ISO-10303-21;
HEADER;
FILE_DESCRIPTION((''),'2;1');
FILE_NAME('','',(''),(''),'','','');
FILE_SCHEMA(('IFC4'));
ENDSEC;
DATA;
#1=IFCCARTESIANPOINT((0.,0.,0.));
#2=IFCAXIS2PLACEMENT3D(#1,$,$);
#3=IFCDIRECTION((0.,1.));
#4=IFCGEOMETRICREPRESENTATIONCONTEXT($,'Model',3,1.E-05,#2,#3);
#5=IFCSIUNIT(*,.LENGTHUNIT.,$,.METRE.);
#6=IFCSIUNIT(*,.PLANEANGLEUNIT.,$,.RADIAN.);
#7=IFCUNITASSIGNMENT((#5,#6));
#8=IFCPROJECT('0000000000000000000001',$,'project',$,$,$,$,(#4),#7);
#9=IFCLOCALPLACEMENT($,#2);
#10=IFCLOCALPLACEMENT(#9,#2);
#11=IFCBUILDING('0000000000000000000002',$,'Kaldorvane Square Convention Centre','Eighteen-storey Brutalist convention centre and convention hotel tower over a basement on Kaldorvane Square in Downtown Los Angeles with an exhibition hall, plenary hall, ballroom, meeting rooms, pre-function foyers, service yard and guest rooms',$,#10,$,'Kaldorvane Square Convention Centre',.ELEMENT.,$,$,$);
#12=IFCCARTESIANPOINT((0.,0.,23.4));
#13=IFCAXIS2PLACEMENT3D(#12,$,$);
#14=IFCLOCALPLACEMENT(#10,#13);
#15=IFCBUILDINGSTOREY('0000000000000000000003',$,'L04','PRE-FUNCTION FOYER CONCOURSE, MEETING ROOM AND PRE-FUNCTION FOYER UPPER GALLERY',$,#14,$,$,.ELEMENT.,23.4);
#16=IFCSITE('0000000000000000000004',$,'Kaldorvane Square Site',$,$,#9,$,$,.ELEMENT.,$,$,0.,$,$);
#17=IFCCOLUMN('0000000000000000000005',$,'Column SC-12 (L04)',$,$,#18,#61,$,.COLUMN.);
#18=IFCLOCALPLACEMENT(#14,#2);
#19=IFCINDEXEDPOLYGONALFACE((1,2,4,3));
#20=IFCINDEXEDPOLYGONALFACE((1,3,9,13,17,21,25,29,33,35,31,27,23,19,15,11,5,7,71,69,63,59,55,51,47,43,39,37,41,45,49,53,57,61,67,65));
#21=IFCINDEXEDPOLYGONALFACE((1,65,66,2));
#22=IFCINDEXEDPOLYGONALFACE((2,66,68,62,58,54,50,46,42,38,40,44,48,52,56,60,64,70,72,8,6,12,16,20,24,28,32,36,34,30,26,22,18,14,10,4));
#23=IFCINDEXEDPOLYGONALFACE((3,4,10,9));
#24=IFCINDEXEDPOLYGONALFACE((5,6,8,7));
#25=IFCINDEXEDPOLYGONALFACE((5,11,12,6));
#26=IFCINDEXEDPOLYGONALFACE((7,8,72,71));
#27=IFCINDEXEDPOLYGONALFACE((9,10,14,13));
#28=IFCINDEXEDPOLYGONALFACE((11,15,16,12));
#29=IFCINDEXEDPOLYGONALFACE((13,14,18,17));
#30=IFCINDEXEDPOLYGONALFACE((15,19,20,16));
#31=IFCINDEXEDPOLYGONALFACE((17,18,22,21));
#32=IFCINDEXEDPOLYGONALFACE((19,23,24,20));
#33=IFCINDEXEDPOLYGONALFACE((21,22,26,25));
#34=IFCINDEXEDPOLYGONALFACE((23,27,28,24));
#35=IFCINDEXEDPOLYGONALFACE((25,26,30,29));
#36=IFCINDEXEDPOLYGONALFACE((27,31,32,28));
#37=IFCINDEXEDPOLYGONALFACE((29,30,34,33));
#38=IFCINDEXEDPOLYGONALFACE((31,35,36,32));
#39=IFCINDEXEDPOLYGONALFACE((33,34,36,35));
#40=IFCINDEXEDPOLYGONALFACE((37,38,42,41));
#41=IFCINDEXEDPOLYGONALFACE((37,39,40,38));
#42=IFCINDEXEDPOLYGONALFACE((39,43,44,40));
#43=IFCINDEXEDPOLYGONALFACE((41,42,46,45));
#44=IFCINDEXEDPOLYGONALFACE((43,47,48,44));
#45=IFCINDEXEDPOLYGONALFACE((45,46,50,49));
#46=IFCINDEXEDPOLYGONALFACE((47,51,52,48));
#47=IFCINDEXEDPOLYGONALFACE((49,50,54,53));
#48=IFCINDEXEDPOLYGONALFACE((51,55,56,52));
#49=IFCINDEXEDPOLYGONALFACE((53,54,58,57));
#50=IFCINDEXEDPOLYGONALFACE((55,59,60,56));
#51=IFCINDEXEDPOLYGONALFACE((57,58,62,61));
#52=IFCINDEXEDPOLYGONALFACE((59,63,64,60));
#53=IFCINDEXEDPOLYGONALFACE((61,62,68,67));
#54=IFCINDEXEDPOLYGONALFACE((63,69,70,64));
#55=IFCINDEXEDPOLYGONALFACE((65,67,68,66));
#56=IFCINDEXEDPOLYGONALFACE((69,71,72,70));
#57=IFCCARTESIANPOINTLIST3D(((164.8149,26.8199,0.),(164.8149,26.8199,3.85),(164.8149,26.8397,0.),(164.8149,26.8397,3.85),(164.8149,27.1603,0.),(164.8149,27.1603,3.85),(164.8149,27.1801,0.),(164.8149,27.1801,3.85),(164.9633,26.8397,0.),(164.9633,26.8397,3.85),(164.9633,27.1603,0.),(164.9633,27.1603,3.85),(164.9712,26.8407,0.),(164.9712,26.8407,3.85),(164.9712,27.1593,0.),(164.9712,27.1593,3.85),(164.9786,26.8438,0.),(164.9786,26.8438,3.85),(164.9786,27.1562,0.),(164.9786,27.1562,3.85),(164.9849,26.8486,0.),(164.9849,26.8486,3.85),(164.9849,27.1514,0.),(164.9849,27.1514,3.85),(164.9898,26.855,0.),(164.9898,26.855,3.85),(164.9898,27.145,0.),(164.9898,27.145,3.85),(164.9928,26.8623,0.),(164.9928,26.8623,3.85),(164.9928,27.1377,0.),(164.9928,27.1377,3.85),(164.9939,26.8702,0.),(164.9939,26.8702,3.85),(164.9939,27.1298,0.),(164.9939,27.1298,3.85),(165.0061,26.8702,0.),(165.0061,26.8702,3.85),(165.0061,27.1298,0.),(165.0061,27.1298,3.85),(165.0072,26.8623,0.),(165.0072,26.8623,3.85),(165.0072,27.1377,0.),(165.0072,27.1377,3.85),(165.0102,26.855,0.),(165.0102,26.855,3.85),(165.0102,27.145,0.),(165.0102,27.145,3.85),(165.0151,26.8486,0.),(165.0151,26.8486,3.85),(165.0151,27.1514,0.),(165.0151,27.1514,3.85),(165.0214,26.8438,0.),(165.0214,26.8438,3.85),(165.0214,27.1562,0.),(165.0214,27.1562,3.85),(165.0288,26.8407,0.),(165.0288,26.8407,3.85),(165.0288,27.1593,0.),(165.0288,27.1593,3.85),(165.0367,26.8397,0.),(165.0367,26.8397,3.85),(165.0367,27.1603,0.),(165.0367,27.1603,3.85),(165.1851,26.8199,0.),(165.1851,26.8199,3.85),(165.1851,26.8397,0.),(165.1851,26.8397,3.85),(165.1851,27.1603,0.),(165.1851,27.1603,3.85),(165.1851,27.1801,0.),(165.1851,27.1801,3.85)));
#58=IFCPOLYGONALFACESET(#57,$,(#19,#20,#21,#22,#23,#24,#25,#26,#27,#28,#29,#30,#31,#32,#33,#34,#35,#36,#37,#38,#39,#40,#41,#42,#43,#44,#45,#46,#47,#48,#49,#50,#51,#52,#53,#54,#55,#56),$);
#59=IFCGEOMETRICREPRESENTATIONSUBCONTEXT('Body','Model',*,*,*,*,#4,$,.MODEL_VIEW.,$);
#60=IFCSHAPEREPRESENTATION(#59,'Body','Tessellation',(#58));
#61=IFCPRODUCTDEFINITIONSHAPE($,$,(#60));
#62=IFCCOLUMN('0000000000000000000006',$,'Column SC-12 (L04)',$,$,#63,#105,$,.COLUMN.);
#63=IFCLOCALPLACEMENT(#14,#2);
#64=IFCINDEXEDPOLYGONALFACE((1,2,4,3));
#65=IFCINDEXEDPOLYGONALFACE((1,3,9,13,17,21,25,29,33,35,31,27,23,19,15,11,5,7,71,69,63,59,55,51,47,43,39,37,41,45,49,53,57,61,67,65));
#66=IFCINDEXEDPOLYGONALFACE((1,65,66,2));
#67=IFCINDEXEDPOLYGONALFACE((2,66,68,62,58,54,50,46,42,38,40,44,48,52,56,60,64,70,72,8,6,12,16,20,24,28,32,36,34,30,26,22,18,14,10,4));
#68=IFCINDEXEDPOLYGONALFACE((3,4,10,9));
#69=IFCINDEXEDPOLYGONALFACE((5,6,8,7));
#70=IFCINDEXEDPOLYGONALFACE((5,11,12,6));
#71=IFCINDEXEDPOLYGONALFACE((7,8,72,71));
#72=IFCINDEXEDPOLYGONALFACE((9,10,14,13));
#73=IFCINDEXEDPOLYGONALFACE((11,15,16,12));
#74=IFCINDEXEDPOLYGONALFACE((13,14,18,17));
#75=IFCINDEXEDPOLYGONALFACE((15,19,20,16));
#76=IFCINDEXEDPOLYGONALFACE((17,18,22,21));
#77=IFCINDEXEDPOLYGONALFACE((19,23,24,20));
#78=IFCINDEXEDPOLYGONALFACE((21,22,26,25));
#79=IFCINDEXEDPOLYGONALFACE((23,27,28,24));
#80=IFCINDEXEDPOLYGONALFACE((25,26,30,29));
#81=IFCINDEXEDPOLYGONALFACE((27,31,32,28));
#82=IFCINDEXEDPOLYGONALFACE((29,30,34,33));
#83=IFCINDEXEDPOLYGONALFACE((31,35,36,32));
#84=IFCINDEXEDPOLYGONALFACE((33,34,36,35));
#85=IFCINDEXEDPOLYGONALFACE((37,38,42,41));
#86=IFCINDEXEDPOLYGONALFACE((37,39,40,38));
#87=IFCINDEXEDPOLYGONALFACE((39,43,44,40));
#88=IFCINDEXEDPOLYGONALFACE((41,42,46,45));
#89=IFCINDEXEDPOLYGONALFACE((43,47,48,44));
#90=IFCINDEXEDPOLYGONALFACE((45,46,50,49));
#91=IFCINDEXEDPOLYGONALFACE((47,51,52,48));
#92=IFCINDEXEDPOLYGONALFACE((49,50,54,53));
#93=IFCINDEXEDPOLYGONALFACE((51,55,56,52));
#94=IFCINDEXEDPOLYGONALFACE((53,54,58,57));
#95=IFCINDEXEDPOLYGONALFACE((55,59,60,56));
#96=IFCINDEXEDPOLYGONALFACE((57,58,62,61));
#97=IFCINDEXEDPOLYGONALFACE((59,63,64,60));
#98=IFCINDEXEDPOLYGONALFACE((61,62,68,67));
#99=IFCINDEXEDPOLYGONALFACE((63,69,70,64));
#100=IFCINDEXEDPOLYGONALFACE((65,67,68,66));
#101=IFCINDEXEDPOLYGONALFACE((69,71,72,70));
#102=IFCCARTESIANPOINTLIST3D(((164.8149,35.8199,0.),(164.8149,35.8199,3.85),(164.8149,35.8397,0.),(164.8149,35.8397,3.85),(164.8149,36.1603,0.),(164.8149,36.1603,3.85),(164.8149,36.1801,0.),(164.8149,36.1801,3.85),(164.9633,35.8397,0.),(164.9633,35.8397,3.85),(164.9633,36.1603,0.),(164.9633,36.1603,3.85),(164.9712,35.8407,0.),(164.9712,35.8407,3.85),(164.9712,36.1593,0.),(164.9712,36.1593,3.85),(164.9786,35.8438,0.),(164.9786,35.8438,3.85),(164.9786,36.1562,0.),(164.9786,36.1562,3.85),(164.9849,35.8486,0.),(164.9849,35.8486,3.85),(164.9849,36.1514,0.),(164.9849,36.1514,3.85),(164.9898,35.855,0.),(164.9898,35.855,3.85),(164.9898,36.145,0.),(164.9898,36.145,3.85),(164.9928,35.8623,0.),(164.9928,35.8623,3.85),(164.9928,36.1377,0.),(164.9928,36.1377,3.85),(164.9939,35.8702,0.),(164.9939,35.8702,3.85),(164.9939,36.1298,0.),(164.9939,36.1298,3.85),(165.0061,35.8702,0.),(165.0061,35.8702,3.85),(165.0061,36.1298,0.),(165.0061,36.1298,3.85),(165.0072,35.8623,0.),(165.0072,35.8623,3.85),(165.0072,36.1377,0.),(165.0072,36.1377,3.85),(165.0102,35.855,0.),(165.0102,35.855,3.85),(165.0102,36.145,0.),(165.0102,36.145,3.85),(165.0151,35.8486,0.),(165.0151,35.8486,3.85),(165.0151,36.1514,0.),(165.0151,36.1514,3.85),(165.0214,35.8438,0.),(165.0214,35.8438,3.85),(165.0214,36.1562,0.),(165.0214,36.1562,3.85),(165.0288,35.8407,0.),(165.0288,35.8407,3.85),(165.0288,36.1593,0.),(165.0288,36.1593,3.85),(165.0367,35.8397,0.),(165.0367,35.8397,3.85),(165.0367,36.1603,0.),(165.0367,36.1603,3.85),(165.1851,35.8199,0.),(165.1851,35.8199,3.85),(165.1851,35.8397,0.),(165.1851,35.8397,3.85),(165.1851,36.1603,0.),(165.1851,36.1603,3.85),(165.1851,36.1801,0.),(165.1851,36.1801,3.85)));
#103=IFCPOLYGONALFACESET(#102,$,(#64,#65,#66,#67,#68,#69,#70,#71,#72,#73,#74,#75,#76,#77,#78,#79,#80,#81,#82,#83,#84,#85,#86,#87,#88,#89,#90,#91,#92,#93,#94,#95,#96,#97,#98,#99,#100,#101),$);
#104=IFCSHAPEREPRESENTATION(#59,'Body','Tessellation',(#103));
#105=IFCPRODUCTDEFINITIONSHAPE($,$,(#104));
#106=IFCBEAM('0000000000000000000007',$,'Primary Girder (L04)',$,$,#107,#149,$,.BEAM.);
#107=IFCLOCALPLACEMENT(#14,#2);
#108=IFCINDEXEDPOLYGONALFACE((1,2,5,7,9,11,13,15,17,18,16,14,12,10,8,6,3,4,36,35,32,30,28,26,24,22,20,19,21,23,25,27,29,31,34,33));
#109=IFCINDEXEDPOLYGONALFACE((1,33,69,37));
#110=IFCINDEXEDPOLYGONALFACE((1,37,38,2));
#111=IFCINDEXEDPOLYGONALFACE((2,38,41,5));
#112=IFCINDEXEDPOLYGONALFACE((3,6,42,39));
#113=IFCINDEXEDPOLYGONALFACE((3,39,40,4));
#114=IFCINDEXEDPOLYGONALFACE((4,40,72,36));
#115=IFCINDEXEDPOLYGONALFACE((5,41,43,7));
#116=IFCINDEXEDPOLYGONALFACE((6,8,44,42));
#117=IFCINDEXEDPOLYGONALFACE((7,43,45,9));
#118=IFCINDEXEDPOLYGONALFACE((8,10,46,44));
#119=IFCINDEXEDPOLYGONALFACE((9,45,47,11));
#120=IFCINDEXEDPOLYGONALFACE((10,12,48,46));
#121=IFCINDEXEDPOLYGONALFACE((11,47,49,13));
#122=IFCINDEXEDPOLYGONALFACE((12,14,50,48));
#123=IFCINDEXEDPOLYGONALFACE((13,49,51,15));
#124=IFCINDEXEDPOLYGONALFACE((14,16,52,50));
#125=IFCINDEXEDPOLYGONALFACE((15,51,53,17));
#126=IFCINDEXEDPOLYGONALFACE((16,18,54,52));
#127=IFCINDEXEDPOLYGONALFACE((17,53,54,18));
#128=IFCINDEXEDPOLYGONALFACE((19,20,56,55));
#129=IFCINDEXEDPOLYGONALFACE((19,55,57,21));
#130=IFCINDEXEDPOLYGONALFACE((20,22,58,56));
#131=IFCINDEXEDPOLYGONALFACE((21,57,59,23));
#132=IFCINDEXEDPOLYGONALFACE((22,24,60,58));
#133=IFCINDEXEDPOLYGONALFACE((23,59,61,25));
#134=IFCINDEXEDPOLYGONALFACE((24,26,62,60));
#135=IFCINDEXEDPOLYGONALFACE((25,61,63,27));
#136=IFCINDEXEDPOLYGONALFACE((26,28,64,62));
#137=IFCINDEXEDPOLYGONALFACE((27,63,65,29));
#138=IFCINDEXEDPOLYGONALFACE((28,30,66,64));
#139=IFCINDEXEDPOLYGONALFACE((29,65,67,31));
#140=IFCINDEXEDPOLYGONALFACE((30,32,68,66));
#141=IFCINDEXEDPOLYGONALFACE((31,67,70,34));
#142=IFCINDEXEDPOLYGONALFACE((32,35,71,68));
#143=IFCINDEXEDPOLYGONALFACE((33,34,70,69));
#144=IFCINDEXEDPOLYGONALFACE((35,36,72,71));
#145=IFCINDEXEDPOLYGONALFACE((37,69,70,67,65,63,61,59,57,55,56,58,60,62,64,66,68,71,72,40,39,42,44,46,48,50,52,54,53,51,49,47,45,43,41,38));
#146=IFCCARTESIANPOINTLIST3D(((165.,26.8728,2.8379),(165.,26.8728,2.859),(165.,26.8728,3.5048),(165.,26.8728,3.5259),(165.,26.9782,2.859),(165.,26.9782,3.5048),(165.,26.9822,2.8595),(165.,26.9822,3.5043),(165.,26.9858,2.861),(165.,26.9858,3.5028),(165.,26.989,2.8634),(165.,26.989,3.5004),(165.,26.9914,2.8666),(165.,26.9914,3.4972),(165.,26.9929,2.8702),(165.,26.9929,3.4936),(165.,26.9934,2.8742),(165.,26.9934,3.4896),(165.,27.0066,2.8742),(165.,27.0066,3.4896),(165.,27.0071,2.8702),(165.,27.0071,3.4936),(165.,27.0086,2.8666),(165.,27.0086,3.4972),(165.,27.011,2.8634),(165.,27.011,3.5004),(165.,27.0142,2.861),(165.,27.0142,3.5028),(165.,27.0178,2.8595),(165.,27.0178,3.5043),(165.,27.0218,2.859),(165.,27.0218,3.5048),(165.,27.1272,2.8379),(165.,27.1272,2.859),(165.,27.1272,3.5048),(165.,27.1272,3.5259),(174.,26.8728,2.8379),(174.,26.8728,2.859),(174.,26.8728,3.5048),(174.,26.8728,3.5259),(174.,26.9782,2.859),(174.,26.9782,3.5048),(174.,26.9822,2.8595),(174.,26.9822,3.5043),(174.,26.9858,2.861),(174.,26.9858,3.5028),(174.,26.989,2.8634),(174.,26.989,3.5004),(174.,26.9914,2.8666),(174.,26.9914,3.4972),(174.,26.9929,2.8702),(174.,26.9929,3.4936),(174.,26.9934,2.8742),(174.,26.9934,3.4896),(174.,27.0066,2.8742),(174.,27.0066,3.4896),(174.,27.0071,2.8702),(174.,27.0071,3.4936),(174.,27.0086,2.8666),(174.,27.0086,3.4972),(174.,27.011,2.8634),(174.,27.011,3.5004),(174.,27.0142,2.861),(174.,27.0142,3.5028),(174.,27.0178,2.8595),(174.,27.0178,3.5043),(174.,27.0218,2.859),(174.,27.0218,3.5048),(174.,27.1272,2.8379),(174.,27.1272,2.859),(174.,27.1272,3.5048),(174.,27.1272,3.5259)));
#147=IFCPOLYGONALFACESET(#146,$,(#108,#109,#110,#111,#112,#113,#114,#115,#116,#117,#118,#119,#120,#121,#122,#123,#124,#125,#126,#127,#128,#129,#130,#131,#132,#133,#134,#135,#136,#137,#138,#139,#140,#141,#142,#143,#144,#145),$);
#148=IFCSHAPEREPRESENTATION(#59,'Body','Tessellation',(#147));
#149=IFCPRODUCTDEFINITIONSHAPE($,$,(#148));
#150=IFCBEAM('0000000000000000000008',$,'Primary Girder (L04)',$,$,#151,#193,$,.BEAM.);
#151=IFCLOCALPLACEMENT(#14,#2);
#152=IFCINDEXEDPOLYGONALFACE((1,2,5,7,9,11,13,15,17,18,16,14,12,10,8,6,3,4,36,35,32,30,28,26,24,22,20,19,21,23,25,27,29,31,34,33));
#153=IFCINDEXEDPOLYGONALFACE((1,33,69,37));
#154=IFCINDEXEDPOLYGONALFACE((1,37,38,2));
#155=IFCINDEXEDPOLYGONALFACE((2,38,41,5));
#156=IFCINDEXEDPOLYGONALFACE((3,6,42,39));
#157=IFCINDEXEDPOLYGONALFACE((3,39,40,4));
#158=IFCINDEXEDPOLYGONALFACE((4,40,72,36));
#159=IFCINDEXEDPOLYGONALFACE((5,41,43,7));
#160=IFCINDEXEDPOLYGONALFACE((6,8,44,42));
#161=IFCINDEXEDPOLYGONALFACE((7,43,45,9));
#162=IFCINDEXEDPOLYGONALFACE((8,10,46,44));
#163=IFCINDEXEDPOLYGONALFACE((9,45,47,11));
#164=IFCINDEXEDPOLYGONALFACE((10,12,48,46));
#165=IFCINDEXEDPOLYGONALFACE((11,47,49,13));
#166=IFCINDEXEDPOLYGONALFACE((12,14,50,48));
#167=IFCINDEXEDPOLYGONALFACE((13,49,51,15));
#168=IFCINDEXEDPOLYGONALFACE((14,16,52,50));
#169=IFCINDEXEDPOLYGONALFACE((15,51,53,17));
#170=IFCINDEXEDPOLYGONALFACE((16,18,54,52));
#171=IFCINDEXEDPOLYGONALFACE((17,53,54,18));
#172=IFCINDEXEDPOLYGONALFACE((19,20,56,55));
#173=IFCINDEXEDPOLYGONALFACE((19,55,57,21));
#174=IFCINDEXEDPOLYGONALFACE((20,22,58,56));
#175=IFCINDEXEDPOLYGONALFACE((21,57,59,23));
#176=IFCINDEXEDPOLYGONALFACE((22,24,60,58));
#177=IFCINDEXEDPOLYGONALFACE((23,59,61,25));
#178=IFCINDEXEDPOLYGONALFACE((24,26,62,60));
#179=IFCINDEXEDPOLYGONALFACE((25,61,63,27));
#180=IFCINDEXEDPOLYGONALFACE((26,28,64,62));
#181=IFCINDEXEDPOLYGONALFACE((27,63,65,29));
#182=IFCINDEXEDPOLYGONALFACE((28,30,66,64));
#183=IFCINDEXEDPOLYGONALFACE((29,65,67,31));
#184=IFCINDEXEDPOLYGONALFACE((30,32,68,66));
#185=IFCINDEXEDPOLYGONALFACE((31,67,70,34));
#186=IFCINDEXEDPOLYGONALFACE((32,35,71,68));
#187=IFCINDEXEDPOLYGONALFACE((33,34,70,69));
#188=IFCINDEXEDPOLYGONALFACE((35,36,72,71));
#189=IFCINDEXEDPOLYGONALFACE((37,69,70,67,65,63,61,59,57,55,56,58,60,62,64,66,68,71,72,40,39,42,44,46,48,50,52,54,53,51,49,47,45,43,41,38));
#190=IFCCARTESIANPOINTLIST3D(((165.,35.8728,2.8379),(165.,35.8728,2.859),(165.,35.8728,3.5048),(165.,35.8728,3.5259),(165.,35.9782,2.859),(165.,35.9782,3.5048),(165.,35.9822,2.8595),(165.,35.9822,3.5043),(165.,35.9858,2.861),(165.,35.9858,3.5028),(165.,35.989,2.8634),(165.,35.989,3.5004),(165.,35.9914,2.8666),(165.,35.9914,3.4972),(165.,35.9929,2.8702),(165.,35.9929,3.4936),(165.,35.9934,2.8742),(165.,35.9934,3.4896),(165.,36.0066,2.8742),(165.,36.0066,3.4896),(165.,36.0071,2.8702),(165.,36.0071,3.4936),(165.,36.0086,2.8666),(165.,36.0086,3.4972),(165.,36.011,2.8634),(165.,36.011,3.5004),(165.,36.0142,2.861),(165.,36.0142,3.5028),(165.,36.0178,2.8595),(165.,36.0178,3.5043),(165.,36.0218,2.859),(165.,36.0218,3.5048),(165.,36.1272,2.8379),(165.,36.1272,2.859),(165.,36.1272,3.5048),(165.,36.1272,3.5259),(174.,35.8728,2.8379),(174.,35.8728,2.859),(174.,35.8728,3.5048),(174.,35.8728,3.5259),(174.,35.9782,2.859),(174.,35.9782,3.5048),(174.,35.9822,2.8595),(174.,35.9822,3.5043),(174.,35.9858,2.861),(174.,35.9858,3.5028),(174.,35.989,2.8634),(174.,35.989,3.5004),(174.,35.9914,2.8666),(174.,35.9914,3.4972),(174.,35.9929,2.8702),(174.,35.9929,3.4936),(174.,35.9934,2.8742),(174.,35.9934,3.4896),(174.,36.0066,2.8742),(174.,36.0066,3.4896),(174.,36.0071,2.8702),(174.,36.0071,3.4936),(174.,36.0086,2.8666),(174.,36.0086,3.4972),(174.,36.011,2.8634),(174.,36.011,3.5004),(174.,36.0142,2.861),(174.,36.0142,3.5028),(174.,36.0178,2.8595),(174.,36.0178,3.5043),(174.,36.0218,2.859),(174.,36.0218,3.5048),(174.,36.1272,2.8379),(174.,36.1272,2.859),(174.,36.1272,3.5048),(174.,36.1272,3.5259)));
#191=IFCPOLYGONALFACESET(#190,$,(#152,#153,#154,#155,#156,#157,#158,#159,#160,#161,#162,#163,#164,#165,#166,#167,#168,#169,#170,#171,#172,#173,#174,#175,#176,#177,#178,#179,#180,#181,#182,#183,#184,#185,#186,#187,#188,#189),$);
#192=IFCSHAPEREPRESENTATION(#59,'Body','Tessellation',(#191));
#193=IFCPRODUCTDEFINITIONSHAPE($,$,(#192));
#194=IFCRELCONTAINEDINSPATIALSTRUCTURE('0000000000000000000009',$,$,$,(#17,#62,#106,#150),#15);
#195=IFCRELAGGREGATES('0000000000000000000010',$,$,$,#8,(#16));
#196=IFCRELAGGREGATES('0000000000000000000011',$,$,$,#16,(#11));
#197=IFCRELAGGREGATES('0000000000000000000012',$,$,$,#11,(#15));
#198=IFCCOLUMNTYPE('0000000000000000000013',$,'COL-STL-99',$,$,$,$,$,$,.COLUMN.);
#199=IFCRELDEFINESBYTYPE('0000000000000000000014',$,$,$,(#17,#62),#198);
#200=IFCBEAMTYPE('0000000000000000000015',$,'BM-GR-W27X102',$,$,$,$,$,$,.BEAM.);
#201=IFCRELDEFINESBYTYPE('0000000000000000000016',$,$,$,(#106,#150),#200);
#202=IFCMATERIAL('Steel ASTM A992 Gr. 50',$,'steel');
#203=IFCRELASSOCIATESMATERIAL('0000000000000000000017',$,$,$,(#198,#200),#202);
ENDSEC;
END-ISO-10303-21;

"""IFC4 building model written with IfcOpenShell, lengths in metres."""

from ifc_helpers import new_model, si_unit, direction, frame, origin, origin_2d, place, context, subcontext, project, spatial, i_section, extrude, material, material_profile, profile_set, type_object, element, save


model = new_model("IFC4")

# Units and contexts
model_context = context("Model", 3, precision=1e-05, world=origin(), true_north=direction((0.0, 1.0)))
body_context = subcontext(model_context, "Body", "Model", "MODEL_VIEW")
ifc_project = project(units=[si_unit("LENGTHUNIT", "METRE"), si_unit("PLANEANGLEUNIT", "RADIAN")], contexts=[model_context])

# Site, building, storey
site_placement = place(None, origin())
site = spatial("IfcSite", under=ifc_project, at=site_placement, Name="Kaldorvane Square Site", CompositionType="ELEMENT", RefElevation=0.0)
building_placement = place(site_placement, origin())
building = spatial("IfcBuilding", under=site, at=building_placement, Name="Kaldorvane Square Convention Centre", Description="Eighteen-storey Brutalist convention centre and convention hotel tower over a basement on Kaldorvane Square in Downtown Los Angeles with an exhibition hall, plenary hall, ballroom, meeting rooms, pre-function foyers, service yard and guest rooms", LongName="Kaldorvane Square Convention Centre", CompositionType="ELEMENT")
storey_placement = place(building_placement, frame((0.0, 0.0, 23.4)))
storey = spatial("IfcBuildingStorey", under=building, at=storey_placement, Name="L04", Description="PRE-FUNCTION FOYER CONCOURSE, MEETING ROOM AND PRE-FUNCTION FOYER UPPER GALLERY", CompositionType="ELEMENT", Elevation=23.4)

# Columns
ifc_material_1 = material(Name="Steel ASTM A992 Gr. 50", Category="steel")
ifc_material_profile_1 = material_profile(ifc_material_1, i_section(OverallWidth=0.3701, OverallDepth=0.3602, WebThickness=0.0123, FlangeThickness=0.0198, FilletRadius=0.0305, at=origin_2d()), Name="W14X99")
ifc_profile_set_1 = profile_set([ifc_material_profile_1], Name="Steel ASTM A992 Gr. 50")
column_type = type_object("IfcColumnType", Name="COL-STL-99", PredefinedType="COLUMN", material=ifc_profile_set_1)
for number, where, z_axis, x_axis, name in (
    (1, (165.0, 27.0, 0.0), (0.0, 0.0, 1.0), (1.0, 0.0, 0.0), "Column SC-12 (L04)"),
    (2, (165.0, 36.0, 0.0), (0.0, 0.0, 1.0), (1.0, 0.0, 0.0), "Column SC-12 (L04)"),
):
    element("IfcColumn", number, at=place(storey_placement, frame(where, z_axis=z_axis, x_axis=x_axis)), inside=storey, type_object=column_type, Name=name, PredefinedType="COLUMN", context=body_context, shape_type="SweptSolid", body=[
        extrude(i_section(OverallWidth=0.3701, OverallDepth=0.3602, WebThickness=0.0123, FlangeThickness=0.0198, FilletRadius=0.0305, at=origin_2d()), origin(), (0.0, 0.0, 1.0), 3.85),
    ])

# Beams
ifc_material_profile_2 = material_profile(ifc_material_1, i_section(OverallWidth=0.2544, OverallDepth=0.6881, WebThickness=0.0131, FlangeThickness=0.0211, FilletRadius=0.0152, at=origin_2d()), Name="W27X102")
ifc_profile_set_2 = profile_set([ifc_material_profile_2], Name="Steel ASTM A992 Gr. 50")
beam_type_1 = type_object("IfcBeamType", Name="BM-GR-W27X102", PredefinedType="BEAM", material=ifc_profile_set_2)
for number, where, z_axis, x_axis, name in (
    (3, (165.0, 27.0, 3.1819), (1.0, 0.0, 0.0), (0.0, 1.0, 0.0), "Primary Girder (L04)"),
    (4, (165.0, 36.0, 3.1819), (1.0, 0.0, 0.0), (0.0, 1.0, 0.0), "Primary Girder (L04)"),
):
    element("IfcBeam", number, at=place(storey_placement, frame(where, z_axis=z_axis, x_axis=x_axis)), inside=storey, type_object=beam_type_1, Name=name, PredefinedType="BEAM", context=body_context, shape_type="SweptSolid", body=[
        extrude(i_section(OverallWidth=0.2544, OverallDepth=0.6881, WebThickness=0.0131, FlangeThickness=0.0211, FilletRadius=0.0152, at=origin_2d()), origin(), (0.0, 0.0, 1.0), 9.0),
    ])

save(model, "model.ifc")
